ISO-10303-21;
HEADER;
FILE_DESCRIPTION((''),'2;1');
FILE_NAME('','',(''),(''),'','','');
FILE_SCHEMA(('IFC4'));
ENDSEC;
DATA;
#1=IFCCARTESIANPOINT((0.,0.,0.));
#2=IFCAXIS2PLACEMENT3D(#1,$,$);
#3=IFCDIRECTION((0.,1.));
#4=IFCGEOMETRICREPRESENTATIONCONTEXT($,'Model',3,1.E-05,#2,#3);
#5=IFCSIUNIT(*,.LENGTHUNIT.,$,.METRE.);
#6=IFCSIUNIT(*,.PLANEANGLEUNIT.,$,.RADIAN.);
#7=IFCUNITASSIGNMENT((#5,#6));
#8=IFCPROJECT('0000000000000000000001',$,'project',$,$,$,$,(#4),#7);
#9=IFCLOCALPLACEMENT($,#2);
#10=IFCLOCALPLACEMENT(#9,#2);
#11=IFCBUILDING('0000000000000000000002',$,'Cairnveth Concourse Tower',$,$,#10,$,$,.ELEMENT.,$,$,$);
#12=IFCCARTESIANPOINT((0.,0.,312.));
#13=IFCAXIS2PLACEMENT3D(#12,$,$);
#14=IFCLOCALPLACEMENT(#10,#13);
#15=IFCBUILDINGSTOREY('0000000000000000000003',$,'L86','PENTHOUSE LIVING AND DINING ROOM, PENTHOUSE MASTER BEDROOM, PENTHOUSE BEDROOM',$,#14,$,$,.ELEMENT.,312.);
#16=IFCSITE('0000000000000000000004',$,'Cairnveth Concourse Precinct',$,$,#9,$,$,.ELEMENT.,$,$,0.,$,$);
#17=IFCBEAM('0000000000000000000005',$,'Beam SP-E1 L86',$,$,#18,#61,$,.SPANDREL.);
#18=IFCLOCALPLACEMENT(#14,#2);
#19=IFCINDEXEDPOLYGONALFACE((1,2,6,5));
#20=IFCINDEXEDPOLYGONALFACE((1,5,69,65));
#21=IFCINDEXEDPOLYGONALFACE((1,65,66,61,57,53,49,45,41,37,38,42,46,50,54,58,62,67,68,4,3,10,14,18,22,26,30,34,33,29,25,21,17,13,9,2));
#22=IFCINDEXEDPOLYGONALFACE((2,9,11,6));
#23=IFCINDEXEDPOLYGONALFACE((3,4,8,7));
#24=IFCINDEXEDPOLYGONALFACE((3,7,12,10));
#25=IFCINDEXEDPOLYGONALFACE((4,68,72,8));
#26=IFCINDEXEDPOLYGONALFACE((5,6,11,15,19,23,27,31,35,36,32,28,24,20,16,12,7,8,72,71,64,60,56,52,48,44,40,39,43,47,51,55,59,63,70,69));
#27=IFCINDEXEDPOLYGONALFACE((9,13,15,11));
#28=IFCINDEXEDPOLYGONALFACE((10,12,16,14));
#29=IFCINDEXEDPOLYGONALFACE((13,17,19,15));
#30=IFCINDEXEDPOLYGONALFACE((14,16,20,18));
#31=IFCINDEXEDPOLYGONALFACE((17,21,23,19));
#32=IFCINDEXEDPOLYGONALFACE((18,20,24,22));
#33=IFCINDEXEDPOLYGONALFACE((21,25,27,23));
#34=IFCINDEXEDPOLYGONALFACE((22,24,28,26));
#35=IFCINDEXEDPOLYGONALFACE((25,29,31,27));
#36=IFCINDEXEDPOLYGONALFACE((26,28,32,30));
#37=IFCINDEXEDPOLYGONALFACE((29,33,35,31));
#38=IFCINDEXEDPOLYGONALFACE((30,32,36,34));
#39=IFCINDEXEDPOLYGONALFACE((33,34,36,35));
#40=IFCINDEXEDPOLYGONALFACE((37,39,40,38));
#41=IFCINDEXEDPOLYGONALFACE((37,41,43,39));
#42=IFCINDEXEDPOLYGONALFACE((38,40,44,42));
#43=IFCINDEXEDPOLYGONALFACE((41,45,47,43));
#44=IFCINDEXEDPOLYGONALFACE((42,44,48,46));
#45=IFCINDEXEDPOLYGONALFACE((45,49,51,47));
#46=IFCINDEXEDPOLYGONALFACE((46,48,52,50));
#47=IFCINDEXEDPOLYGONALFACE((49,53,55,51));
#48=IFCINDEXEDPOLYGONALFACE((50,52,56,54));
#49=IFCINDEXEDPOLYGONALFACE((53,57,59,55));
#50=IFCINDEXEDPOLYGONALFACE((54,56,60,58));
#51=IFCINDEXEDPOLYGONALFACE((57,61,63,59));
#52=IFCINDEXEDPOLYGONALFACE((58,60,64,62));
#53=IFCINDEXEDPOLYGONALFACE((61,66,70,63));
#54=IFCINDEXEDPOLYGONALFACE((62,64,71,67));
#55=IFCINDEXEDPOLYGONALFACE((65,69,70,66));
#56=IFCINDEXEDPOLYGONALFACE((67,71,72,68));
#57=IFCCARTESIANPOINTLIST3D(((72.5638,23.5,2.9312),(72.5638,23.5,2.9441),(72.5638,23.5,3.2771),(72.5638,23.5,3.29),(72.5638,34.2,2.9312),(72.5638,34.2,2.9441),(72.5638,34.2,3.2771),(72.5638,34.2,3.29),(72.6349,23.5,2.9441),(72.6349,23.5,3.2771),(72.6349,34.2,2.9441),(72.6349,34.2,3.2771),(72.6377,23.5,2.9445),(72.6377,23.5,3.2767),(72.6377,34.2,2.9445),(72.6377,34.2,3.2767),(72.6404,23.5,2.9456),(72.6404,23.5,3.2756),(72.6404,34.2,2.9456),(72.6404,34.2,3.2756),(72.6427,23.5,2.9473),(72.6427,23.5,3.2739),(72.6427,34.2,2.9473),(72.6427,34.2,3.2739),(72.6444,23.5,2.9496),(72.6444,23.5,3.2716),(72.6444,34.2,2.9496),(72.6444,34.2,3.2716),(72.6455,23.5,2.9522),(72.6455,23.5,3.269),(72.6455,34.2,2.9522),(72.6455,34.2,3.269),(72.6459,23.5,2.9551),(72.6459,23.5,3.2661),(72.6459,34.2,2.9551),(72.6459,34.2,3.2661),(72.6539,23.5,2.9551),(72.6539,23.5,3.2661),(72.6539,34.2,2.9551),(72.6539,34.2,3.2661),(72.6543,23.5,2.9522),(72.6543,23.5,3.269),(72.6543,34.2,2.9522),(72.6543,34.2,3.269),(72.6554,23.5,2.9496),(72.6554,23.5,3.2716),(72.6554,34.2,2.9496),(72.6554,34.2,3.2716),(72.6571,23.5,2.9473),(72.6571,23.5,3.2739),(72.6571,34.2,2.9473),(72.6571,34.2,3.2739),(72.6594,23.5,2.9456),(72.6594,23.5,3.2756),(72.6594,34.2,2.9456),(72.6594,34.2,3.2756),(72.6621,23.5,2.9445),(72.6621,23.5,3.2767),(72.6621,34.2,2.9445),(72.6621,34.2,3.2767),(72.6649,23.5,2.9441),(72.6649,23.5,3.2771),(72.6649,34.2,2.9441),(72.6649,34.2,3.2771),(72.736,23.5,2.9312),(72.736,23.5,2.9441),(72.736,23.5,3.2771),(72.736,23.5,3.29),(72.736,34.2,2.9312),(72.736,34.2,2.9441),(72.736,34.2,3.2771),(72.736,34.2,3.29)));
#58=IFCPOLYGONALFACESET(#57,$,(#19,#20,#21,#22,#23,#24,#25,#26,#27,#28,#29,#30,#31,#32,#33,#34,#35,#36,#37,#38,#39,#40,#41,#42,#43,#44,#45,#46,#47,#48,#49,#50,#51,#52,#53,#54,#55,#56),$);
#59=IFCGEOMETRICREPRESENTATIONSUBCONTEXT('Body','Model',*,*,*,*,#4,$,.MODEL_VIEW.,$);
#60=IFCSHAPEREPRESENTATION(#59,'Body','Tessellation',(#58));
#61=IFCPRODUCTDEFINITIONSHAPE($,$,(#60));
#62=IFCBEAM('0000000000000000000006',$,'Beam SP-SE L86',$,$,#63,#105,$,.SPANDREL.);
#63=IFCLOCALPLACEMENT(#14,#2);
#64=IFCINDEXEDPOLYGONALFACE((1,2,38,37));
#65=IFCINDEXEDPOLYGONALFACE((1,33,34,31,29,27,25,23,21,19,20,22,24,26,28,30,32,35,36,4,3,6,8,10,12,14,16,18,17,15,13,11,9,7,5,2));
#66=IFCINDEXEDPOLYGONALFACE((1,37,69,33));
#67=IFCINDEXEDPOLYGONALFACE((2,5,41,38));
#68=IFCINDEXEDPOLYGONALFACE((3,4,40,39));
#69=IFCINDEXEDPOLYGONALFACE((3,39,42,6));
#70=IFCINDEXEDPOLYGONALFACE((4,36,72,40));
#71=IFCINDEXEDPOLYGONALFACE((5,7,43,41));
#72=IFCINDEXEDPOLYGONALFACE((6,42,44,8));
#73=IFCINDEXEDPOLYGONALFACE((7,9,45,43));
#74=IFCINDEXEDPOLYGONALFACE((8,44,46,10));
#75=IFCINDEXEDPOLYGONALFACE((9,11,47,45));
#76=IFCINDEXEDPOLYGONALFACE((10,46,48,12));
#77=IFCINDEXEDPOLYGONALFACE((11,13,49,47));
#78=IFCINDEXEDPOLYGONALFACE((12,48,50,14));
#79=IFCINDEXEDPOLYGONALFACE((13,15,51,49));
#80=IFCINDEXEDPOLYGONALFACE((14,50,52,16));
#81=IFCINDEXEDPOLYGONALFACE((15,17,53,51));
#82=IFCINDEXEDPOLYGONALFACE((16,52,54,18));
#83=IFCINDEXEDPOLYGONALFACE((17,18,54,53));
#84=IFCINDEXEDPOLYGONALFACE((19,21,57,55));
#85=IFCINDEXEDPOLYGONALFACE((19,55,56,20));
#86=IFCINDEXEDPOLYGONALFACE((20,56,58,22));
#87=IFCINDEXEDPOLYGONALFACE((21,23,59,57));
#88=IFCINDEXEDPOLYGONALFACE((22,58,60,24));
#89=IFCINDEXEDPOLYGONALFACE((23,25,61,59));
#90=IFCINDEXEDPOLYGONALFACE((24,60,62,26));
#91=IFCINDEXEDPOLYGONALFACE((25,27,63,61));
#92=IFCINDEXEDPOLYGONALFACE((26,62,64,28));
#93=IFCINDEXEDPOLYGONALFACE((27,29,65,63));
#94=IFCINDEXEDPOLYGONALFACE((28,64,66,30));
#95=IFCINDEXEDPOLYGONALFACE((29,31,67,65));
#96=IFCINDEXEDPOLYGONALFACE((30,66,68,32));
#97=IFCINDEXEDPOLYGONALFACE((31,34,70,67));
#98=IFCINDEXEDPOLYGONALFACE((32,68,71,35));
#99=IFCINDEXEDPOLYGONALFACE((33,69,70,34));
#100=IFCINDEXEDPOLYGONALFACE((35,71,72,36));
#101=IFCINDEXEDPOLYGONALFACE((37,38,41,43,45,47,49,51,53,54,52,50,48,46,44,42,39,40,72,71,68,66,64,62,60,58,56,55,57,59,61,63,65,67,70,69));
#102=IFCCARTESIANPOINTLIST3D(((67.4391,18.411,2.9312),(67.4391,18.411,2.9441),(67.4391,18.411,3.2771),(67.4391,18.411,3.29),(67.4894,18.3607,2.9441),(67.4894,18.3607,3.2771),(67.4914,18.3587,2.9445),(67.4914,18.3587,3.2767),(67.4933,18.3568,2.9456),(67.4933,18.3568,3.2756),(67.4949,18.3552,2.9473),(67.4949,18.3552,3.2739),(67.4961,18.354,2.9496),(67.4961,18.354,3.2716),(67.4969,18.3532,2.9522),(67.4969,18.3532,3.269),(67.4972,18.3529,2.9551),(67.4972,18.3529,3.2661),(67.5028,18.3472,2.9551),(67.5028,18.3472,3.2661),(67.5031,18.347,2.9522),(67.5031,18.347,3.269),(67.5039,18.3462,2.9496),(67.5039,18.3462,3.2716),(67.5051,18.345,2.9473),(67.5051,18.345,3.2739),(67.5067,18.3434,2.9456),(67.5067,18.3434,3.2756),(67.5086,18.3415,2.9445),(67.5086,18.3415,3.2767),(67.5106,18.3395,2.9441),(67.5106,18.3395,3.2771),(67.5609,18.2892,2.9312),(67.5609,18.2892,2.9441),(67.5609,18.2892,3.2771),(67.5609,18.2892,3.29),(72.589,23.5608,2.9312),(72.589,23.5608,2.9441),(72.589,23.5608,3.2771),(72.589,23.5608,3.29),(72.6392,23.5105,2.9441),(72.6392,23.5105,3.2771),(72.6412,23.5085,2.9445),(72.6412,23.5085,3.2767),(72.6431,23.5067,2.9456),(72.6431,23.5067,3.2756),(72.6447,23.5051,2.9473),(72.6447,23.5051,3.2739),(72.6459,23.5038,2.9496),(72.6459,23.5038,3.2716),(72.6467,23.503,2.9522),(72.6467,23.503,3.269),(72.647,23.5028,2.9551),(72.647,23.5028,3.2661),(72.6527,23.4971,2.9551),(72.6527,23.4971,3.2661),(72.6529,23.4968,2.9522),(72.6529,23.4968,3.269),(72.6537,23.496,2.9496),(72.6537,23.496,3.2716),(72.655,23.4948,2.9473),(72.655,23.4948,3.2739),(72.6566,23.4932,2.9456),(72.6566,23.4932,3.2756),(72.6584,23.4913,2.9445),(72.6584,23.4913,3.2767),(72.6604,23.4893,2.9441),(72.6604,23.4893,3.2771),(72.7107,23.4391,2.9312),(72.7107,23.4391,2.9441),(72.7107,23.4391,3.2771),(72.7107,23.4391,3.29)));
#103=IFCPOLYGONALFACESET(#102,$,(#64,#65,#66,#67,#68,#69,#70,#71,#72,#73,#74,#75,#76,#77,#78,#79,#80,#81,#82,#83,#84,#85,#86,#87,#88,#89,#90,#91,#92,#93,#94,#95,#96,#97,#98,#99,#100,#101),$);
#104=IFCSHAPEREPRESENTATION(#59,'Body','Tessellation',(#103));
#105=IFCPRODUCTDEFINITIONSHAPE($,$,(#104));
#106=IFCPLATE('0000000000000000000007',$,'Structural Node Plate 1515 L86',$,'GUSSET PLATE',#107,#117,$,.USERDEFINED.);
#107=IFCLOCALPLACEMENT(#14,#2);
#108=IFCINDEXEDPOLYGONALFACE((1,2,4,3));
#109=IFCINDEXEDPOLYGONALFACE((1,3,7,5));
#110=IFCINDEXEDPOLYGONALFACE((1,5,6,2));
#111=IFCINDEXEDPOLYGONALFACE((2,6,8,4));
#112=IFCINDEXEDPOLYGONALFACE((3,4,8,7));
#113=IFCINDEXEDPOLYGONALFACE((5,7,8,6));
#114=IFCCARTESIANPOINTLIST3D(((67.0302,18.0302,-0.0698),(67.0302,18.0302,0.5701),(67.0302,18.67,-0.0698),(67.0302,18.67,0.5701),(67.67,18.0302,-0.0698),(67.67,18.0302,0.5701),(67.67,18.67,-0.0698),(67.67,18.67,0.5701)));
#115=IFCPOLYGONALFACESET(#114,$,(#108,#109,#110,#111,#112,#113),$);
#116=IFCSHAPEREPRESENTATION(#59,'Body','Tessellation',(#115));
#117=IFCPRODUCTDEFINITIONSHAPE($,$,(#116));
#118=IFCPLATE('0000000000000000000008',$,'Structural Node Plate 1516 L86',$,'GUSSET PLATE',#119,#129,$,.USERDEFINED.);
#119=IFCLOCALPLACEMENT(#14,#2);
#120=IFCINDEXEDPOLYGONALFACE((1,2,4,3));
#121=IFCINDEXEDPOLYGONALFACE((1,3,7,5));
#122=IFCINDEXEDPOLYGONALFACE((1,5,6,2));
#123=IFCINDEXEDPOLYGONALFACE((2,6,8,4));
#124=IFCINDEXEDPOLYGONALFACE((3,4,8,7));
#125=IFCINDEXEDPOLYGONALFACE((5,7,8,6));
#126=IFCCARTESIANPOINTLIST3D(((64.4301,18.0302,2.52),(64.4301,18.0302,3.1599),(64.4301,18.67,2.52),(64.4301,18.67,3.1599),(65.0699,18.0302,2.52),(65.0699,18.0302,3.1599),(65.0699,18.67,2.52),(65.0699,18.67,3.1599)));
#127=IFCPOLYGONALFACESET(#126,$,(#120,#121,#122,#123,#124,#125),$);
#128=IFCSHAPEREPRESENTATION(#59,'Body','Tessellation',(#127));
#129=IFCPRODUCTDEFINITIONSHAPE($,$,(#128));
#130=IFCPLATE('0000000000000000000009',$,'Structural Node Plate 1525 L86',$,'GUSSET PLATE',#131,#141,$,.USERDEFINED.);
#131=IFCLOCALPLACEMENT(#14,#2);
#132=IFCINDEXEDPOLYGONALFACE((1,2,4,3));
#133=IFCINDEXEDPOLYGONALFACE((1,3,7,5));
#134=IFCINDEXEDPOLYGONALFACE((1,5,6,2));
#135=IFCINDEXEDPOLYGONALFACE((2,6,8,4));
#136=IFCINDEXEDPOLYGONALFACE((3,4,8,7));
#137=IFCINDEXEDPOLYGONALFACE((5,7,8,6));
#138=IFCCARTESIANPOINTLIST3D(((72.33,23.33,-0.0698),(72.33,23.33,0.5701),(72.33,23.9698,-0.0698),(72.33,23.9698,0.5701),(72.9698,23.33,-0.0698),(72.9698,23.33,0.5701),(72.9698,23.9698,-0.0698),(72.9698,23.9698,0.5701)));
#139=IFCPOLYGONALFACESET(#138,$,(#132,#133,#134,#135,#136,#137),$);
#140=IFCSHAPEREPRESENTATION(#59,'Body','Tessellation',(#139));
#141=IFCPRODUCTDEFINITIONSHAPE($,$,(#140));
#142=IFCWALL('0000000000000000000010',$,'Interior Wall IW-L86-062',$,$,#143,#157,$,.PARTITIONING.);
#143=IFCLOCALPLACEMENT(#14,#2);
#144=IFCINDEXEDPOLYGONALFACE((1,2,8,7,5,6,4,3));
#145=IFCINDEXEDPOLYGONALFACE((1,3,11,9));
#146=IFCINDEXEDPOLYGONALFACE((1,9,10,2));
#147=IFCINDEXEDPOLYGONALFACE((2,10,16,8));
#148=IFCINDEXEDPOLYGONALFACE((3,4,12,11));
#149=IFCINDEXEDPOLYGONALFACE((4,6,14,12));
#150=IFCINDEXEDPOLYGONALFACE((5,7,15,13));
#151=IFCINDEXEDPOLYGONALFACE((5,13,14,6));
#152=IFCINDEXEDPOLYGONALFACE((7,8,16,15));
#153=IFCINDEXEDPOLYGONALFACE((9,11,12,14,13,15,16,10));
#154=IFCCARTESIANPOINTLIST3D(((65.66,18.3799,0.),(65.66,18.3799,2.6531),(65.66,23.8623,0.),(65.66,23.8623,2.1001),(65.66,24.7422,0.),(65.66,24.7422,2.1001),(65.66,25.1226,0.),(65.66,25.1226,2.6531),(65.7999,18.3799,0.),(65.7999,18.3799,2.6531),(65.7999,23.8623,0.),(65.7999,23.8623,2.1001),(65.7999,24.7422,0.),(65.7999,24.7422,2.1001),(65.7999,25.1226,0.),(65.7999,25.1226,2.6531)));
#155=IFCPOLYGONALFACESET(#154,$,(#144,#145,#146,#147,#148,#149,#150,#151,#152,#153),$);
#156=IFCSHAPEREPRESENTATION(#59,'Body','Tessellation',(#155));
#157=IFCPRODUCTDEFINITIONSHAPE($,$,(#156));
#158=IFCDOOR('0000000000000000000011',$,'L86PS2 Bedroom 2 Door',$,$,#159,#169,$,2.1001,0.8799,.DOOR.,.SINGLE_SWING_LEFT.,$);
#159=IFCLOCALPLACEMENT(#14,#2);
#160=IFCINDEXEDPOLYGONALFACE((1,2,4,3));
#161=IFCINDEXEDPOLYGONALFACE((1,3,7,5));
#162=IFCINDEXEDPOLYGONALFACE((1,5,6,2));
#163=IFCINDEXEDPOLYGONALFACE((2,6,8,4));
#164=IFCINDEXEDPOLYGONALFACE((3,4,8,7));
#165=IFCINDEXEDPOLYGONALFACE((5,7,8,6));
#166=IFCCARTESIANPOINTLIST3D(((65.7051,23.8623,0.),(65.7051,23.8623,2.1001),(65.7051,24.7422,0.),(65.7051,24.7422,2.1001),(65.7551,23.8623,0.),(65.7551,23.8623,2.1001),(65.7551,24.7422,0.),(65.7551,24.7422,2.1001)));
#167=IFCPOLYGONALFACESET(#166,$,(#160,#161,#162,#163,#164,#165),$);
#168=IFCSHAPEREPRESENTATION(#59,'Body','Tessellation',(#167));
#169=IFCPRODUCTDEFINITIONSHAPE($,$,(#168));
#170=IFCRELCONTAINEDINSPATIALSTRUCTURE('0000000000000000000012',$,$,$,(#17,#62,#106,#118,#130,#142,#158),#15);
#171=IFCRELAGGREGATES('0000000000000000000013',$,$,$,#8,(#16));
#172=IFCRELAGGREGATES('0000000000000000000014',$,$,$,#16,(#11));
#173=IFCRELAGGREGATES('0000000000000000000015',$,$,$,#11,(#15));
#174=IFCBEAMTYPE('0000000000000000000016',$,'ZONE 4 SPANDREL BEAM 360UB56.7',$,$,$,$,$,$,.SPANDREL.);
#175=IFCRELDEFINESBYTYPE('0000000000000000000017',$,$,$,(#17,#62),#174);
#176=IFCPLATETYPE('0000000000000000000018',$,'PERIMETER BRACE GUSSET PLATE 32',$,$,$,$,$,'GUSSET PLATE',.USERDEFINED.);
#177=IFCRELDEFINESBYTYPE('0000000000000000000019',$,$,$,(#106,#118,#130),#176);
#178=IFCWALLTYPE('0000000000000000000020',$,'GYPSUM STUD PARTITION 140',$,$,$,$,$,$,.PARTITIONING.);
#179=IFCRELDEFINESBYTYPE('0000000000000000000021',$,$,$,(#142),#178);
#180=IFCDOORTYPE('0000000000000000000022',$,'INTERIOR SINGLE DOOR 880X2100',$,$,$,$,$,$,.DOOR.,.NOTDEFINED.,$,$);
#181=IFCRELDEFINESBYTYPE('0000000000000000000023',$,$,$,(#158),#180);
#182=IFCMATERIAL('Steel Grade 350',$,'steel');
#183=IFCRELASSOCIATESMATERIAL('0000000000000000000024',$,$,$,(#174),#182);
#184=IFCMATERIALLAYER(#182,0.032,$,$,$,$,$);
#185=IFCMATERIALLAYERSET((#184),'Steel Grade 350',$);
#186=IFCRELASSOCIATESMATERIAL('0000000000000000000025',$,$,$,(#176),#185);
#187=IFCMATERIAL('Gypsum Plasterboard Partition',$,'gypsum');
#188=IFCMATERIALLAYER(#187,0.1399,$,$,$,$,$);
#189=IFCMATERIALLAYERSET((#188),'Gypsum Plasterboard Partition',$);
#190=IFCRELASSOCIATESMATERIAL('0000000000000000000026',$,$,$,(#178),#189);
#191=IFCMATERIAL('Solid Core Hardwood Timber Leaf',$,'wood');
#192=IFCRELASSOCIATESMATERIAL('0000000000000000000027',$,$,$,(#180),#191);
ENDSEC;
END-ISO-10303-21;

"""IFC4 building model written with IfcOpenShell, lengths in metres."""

from ifc_helpers import new_model, si_unit, direction, frame, frame_2d, origin, origin_2d, place, context, subcontext, project, spatial, rectangle, i_section, extrude, material, layer, layer_set, material_profile, profile_set, type_object, element, fill, save


model = new_model("IFC4")

# Units and contexts
model_context = context("Model", 3, precision=1e-05, world=origin(), true_north=direction((0.0, 1.0)))
body_context = subcontext(model_context, "Body", "Model", "MODEL_VIEW")
ifc_project = project(units=[si_unit("LENGTHUNIT", "METRE"), si_unit("PLANEANGLEUNIT", "RADIAN")], contexts=[model_context])

# Site, building, storey
site_placement = place(None, origin())
site = spatial("IfcSite", under=ifc_project, at=site_placement, Name="Cairnveth Concourse Precinct", CompositionType="ELEMENT", RefElevation=0.0)
building_placement = place(site_placement, origin())
building = spatial("IfcBuilding", under=site, at=building_placement, Name="Cairnveth Concourse Tower", CompositionType="ELEMENT")
storey_placement = place(building_placement, frame((0.0, 0.0, 312.0)))
storey = spatial("IfcBuildingStorey", under=building, at=storey_placement, Name="L86", Description="PENTHOUSE LIVING AND DINING ROOM, PENTHOUSE MASTER BEDROOM, PENTHOUSE BEDROOM", CompositionType="ELEMENT", Elevation=312.0)

# Shared definitions
ifc_material_1 = material(Name="Steel Grade 350", Category="steel")

# Beams
ifc_material_profile_1 = material_profile(ifc_material_1, i_section(OverallWidth=0.1721, OverallDepth=0.3589, WebThickness=0.0081, FlangeThickness=0.0129, FilletRadius=0.011, at=origin_2d()), Name="360UB56.7")
ifc_profile_set_1 = profile_set([ifc_material_profile_1], Name="Steel Grade 350")
beam_type_1 = type_object("IfcBeamType", Name="ZONE 4 SPANDREL BEAM 360UB56.7", PredefinedType="SPANDREL", material=ifc_profile_set_1)
beam_1_placement = place(storey_placement, frame((72.6499, 23.5, 3.1106), z_axis=(0.0, 1.0, 0.0), x_axis=(-1.0, 0.0, 0.0)))
element("IfcBeam", 1, at=beam_1_placement, inside=storey, type_object=beam_type_1, Name="Beam SP-E1 L86", PredefinedType="SPANDREL", context=body_context, shape_type="SweptSolid", body=[
    extrude(i_section(OverallWidth=0.1721, OverallDepth=0.3589, WebThickness=0.0081, FlangeThickness=0.0129, FilletRadius=0.011, at=origin_2d()), origin(), (0.0, 0.0, 1.0), 10.7),
])
beam_2_placement = place(storey_placement, frame((67.5, 18.3501, 3.1106), z_axis=(0.707107, 0.707107, 0.0), x_axis=(-0.707107, 0.707107, 0.0)))
element("IfcBeam", 2, at=beam_2_placement, inside=storey, type_object=beam_type_1, Name="Beam SP-SE L86", PredefinedType="SPANDREL", context=body_context, shape_type="SweptSolid", body=[
    extrude(i_section(OverallWidth=0.1721, OverallDepth=0.3589, WebThickness=0.0081, FlangeThickness=0.0129, FilletRadius=0.011, at=origin_2d()), origin(), (0.0, 0.0, 1.0), 7.283),
])

# Plates
ifc_layer_1 = layer(ifc_material_1, 0.032)
ifc_layer_set_1 = layer_set([ifc_layer_1], Name="Steel Grade 350")
plate_type = type_object("IfcPlateType", Name="PERIMETER BRACE GUSSET PLATE 32", ElementType="GUSSET PLATE", PredefinedType="USERDEFINED", material=ifc_layer_set_1)
for number, where, z_axis, x_axis, name in (
    (3, (67.3501, 18.3501, -0.0698), (0.0, 0.0, 1.0), (1.0, 0.0, 0.0), "Structural Node Plate 1515 L86"),
    (4, (64.75, 18.3501, 2.52), (0.0, 0.0, 1.0), (1.0, 0.0, 0.0), "Structural Node Plate 1516 L86"),
    (5, (72.6499, 23.6499, -0.0698), (0.0, 0.0, 1.0), (1.0, 0.0, 0.0), "Structural Node Plate 1525 L86"),
):
    element("IfcPlate", number, at=place(storey_placement, frame(where, z_axis=z_axis, x_axis=x_axis)), inside=storey, type_object=plate_type, Name=name, ObjectType="GUSSET PLATE", PredefinedType="USERDEFINED", context=body_context, shape_type="SweptSolid", body=[
        extrude(rectangle(XDim=0.6399, YDim=0.6399, at=origin_2d()), origin(), (0.0, 0.0, 1.0), 0.6399),
    ])

# Wall, opening, door
ifc_material_2 = material(Name="Gypsum Plasterboard Partition", Category="gypsum")
ifc_layer_2 = layer(ifc_material_2, 0.1399)
ifc_layer_set_2 = layer_set([ifc_layer_2], Name="Gypsum Plasterboard Partition")
wall_type_1 = type_object("IfcWallType", Name="GYPSUM STUD PARTITION 140", PredefinedType="PARTITIONING", material=ifc_layer_set_2)
wall_1_placement = place(storey_placement, frame((65.73, 18.3799, 0.0), z_axis=(0.0, 0.0, 1.0), x_axis=(0.0, 1.0, 0.0)))
wall_1 = element("IfcWall", 6, at=wall_1_placement, inside=storey, type_object=wall_type_1, Name="Interior Wall IW-L86-062", PredefinedType="PARTITIONING", context=body_context, shape_type="SweptSolid", body=[
    extrude(rectangle(XDim=6.7427, YDim=0.1399, at=frame_2d((3.3713, 0.0))), origin(), (0.0, 0.0, 1.0), 2.6531),
])
opening_1_placement = place(wall_1_placement, frame((5.4824, 0.0, 0.0)))
opening_1 = element("IfcOpeningElement", 7, at=opening_1_placement, cuts=wall_1, PredefinedType="OPENING", context=body_context, shape_type="SweptSolid", body=[
    extrude(rectangle(XDim=0.8799, YDim=2.1001, at=frame_2d((0.4399, 1.05))), frame((0.0, 0.0798, 0.0), z_axis=(0.0, -1.0, 0.0), x_axis=(1.0, 0.0, 0.0)), (0.0, 0.0, 1.0), 0.1599),
])
ifc_material_3 = material(Name="Solid Core Hardwood Timber Leaf", Category="wood")
door_type = type_object("IfcDoorType", Name="INTERIOR SINGLE DOOR 880X2100", OperationType="NOTDEFINED", PredefinedType="DOOR", material=ifc_material_3)
door_1_placement = place(opening_1_placement, origin())
door_1 = element("IfcDoor", 8, at=door_1_placement, inside=storey, type_object=door_type, Name="L86PS2 Bedroom 2 Door", OperationType="SINGLE_SWING_LEFT", OverallHeight=2.1001, OverallWidth=0.8799, PredefinedType="DOOR", context=body_context, shape_type="SweptSolid", body=[
    extrude(rectangle(XDim=0.8799, YDim=2.1001, at=frame_2d((0.4399, 1.05))), frame((0.0, 0.0249, 0.0), z_axis=(0.0, -1.0, 0.0), x_axis=(1.0, 0.0, 0.0)), (0.0, 0.0, 1.0), 0.05),
])
fill(opening_1, door_1)

save(model, "model.ifc")
